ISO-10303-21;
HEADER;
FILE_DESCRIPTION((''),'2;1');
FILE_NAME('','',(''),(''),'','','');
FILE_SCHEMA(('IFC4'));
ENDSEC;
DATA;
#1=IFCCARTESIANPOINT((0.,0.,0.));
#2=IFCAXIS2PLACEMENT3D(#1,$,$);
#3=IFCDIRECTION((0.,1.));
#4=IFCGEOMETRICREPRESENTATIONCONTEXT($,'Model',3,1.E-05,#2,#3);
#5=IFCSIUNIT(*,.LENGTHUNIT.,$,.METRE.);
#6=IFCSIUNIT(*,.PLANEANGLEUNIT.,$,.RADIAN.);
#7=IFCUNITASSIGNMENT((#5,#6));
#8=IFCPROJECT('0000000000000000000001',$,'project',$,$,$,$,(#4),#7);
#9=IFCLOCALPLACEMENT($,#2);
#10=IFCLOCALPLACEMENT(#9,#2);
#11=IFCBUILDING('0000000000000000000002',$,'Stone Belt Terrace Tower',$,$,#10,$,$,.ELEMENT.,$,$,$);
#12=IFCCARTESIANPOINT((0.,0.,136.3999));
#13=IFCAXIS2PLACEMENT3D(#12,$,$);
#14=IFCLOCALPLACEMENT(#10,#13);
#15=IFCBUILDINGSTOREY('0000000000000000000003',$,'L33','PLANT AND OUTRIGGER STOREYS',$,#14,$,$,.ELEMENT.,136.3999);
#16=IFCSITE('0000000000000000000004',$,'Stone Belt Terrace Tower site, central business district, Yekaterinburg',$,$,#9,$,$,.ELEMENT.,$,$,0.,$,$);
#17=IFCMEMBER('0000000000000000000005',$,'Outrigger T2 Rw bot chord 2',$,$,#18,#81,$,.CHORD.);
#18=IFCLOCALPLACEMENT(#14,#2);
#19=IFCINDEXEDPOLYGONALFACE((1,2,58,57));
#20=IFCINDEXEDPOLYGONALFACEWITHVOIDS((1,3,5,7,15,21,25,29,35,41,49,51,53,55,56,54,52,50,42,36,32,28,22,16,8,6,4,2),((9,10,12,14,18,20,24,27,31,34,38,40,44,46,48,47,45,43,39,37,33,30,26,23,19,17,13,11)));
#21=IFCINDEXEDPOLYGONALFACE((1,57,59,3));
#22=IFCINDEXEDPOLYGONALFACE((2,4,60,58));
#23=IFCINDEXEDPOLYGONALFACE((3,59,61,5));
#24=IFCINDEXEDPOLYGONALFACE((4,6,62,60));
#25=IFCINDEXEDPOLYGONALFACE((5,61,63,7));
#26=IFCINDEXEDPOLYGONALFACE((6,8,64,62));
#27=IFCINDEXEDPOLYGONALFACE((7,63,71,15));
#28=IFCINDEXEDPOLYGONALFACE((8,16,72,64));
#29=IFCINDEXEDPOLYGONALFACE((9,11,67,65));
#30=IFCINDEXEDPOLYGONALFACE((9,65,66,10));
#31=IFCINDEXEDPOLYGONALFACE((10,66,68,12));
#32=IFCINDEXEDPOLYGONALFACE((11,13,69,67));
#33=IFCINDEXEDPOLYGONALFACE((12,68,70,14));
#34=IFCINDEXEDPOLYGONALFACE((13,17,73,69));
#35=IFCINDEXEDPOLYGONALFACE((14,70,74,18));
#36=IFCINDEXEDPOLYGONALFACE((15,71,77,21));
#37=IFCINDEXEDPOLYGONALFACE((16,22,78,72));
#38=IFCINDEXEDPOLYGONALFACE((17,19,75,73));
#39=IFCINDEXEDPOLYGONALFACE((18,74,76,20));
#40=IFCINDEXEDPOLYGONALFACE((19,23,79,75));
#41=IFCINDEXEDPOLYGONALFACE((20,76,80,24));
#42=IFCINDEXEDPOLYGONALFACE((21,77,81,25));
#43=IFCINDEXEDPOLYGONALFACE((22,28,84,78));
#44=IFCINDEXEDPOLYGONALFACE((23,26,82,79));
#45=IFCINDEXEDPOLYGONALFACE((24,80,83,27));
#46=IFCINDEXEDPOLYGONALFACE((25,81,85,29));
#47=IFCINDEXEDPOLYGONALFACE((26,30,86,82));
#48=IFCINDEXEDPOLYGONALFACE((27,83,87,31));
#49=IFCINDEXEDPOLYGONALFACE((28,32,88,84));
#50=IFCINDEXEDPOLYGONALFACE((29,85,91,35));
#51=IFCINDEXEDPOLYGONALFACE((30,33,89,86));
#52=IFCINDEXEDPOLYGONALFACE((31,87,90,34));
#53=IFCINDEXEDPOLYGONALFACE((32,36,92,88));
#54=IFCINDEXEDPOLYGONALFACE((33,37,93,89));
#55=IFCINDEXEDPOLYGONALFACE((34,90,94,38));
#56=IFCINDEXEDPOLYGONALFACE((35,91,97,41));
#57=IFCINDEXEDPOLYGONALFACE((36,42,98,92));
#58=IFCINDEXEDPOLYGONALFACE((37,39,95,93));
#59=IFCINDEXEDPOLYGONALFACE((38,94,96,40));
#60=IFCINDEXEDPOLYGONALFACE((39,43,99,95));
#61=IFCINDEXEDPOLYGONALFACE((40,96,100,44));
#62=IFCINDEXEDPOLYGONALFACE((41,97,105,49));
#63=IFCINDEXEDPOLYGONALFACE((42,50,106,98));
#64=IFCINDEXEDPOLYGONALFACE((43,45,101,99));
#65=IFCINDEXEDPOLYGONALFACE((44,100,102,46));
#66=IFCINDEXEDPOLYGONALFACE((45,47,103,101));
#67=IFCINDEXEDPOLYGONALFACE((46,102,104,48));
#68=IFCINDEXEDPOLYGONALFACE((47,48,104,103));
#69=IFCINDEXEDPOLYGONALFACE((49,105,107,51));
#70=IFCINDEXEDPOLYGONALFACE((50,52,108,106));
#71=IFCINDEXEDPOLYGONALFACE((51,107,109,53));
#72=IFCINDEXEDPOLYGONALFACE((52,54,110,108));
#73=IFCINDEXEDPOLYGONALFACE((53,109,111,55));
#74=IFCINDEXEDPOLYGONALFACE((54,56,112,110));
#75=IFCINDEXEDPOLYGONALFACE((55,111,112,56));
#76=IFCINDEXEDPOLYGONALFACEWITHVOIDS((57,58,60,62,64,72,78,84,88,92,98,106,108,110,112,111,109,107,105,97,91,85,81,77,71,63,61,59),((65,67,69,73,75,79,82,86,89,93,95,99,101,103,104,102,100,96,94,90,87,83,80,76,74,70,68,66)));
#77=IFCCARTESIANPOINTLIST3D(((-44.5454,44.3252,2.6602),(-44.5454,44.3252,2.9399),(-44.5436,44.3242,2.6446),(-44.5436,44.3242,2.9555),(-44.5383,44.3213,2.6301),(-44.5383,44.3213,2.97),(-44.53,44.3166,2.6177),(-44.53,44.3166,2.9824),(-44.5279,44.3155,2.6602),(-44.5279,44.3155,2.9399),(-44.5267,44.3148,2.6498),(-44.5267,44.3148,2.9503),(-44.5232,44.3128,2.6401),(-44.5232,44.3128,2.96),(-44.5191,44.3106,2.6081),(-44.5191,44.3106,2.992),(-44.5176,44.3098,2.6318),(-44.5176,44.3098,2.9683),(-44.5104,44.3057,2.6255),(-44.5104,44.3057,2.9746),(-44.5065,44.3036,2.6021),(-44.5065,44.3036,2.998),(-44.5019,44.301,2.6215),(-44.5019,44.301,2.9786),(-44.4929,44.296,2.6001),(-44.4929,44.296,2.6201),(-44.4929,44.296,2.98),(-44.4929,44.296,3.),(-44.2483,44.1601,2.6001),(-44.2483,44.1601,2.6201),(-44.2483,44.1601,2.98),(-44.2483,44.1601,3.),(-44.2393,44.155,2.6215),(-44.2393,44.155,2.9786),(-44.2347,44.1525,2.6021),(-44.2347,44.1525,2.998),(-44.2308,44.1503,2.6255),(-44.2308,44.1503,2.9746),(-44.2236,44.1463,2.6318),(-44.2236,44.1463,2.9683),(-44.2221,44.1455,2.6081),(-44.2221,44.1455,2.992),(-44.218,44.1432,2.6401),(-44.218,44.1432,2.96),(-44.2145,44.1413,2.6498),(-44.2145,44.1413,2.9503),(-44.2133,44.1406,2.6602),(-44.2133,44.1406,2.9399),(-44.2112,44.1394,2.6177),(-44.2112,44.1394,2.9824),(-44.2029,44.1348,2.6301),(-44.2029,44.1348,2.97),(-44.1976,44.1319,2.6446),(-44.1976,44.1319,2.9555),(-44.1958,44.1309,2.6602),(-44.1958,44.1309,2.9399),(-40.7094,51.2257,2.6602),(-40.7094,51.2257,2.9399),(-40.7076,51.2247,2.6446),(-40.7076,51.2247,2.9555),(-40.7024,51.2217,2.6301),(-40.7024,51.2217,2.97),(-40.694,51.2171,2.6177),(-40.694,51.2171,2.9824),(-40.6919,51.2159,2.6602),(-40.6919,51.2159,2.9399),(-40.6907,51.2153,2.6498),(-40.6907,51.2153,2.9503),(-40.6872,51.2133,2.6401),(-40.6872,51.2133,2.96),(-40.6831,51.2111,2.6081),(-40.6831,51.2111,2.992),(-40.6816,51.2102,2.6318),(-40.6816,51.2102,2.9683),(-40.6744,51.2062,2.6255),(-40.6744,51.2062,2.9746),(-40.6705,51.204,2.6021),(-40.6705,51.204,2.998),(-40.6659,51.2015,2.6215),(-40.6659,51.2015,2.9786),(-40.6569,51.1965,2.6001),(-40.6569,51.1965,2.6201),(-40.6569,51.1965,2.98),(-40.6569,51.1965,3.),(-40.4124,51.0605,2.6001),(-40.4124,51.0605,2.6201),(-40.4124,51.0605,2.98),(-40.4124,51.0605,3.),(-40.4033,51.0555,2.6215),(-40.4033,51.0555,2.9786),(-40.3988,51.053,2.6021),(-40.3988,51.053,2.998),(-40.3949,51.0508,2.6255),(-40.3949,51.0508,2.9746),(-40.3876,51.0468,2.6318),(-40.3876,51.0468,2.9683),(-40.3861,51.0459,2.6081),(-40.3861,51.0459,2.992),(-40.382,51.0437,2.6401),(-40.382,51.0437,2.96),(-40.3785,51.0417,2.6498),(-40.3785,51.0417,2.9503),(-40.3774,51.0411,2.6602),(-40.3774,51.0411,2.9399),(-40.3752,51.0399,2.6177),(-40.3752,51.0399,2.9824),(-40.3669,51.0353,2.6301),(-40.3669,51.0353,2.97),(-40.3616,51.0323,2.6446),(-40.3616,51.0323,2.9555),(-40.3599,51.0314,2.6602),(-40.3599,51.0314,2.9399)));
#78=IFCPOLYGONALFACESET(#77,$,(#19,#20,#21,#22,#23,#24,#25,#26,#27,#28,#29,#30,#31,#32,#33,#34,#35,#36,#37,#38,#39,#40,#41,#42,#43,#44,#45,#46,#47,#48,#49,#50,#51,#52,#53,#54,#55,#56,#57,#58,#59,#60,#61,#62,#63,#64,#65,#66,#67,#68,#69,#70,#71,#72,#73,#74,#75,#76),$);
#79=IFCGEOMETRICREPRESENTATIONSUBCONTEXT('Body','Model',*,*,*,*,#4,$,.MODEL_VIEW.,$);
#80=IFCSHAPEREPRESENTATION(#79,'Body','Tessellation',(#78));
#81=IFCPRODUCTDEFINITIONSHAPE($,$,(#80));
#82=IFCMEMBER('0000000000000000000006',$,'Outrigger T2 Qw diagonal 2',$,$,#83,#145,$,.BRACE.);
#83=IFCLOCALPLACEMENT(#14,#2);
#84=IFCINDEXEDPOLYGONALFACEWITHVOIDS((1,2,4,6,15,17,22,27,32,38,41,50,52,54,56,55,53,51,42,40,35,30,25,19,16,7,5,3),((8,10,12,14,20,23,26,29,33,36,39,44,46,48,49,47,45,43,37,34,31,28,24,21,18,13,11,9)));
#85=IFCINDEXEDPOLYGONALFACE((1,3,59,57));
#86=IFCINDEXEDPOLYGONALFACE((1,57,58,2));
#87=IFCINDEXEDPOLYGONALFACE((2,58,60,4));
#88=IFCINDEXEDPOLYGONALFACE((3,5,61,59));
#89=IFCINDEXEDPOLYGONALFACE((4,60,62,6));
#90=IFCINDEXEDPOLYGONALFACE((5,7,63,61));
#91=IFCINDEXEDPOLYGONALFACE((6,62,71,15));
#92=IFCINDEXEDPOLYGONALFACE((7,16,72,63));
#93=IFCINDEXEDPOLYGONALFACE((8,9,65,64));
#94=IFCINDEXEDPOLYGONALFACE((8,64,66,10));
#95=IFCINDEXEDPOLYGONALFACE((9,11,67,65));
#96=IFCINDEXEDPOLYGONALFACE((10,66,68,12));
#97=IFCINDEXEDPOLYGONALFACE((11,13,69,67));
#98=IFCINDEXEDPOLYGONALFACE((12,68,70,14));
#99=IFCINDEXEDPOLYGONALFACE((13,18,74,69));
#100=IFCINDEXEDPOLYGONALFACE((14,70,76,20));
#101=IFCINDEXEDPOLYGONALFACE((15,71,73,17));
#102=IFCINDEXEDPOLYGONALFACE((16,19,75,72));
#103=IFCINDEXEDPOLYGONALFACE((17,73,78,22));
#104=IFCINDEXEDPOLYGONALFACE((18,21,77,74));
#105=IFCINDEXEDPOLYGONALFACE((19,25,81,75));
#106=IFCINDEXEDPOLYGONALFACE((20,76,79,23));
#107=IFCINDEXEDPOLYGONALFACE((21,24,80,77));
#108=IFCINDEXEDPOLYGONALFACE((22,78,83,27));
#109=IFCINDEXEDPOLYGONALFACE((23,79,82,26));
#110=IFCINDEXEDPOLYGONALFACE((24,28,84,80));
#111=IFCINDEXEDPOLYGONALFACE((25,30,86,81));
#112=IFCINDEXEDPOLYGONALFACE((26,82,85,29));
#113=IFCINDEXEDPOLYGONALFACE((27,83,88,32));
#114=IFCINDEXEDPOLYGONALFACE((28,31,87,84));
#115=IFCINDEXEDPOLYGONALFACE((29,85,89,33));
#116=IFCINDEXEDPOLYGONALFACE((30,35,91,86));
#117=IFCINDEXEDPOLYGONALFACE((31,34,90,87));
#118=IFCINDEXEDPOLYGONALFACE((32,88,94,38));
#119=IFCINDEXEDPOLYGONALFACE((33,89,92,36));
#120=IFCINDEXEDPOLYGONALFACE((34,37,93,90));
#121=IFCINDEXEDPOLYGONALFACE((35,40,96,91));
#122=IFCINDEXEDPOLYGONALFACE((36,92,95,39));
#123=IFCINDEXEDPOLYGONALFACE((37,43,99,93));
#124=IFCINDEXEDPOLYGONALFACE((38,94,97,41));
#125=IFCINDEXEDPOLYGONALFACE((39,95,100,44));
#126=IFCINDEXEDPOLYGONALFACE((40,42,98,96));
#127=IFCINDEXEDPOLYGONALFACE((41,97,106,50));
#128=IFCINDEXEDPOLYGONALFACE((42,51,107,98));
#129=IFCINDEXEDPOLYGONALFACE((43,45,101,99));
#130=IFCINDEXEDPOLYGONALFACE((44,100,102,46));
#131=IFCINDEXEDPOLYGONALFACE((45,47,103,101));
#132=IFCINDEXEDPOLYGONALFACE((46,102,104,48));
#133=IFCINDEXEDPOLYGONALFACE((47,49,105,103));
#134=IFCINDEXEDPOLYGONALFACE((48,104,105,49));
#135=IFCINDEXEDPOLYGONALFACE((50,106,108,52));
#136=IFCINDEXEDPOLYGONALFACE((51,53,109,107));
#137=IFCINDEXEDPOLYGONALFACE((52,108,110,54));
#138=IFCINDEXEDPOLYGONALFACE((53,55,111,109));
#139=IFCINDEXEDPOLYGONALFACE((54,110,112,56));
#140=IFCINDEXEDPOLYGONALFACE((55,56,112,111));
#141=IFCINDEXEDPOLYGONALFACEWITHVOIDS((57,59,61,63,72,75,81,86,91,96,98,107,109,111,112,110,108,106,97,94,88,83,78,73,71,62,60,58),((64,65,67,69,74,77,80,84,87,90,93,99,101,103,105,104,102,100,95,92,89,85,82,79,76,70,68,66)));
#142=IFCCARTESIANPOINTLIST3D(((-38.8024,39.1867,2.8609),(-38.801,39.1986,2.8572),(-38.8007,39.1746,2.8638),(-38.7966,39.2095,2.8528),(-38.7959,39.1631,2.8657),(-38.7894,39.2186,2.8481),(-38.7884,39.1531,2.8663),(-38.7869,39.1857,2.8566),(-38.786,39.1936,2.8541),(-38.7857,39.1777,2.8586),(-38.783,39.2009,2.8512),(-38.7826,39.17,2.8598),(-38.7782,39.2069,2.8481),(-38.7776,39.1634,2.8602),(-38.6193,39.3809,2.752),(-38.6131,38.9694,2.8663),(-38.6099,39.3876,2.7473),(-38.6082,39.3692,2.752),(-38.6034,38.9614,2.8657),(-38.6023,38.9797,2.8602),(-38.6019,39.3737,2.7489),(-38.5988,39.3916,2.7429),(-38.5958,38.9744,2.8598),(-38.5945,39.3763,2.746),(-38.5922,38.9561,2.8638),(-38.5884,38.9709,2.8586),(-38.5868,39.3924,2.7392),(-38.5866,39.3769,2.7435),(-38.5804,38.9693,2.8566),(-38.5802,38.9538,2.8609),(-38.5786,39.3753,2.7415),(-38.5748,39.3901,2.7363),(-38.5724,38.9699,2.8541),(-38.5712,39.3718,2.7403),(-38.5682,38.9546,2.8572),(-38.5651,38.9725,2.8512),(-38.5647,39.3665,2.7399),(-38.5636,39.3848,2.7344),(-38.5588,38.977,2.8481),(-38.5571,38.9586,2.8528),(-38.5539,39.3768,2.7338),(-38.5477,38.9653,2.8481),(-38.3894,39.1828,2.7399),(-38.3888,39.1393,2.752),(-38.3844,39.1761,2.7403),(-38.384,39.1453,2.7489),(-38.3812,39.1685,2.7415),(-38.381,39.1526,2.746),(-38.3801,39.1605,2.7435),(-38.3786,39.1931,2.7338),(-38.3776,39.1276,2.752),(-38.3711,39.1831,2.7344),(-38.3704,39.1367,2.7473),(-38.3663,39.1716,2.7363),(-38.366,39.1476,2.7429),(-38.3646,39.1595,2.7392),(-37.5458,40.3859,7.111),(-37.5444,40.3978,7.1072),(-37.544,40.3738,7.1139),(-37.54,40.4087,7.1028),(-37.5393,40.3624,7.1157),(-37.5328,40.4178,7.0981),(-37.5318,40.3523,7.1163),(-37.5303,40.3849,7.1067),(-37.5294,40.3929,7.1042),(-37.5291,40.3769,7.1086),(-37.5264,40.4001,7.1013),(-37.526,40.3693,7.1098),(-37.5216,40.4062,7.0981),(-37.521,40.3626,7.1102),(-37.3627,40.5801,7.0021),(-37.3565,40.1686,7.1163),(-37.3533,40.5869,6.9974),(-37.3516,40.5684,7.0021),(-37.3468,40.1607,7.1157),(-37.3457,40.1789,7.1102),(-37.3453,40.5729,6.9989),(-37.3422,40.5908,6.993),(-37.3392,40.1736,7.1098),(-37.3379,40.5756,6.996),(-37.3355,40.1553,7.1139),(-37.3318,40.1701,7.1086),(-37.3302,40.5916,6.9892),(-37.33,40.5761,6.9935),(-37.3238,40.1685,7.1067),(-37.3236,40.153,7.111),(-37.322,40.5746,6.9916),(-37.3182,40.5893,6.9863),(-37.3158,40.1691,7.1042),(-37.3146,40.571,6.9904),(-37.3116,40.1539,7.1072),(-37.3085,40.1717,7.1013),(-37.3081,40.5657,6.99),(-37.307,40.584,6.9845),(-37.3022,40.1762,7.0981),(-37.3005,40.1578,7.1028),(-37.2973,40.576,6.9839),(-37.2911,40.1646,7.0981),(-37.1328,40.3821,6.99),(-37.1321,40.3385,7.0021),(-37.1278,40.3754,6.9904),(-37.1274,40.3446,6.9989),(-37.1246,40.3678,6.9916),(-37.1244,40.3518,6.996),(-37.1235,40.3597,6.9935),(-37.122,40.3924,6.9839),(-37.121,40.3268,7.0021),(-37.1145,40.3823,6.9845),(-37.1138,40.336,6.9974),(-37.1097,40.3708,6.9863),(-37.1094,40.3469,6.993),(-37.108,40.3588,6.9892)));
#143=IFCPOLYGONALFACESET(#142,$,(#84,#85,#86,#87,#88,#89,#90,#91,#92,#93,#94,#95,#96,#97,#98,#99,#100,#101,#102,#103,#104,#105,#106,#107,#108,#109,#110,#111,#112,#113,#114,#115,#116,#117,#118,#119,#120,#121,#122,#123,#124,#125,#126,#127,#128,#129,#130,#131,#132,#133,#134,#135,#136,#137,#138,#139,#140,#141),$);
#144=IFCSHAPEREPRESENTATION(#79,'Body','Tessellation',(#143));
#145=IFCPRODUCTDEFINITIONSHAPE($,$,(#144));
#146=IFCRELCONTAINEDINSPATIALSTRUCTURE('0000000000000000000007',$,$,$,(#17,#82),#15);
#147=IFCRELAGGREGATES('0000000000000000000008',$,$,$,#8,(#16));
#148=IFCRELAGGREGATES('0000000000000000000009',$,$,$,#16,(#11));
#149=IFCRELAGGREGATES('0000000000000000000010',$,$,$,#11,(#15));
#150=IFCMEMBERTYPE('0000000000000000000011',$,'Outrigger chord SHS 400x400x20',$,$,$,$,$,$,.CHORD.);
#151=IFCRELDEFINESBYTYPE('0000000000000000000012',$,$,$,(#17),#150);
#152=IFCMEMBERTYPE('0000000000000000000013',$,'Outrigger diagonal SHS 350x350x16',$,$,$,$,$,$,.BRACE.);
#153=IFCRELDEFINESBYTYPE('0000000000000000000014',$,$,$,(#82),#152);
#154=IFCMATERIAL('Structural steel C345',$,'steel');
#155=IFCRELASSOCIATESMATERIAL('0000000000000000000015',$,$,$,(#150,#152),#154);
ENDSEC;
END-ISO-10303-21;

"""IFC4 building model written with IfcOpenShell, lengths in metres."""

from ifc_helpers import new_model, si_unit, direction, frame, origin, origin_2d, place, context, subcontext, project, spatial, hollow_rectangle, extrude, material, material_profile, profile_set, type_object, element, save


model = new_model("IFC4")

# Units and contexts
model_context = context("Model", 3, precision=1e-05, world=origin(), true_north=direction((0.0, 1.0)))
body_context = subcontext(model_context, "Body", "Model", "MODEL_VIEW")
ifc_project = project(units=[si_unit("LENGTHUNIT", "METRE"), si_unit("PLANEANGLEUNIT", "RADIAN")], contexts=[model_context])

# Site, building, storey
site_placement = place(None, origin())
site = spatial("IfcSite", under=ifc_project, at=site_placement, Name="Stone Belt Terrace Tower site, central business district, Yekaterinburg", CompositionType="ELEMENT", RefElevation=0.0)
building_placement = place(site_placement, origin())
building = spatial("IfcBuilding", under=site, at=building_placement, Name="Stone Belt Terrace Tower", CompositionType="ELEMENT")
storey_placement = place(building_placement, frame((0.0, 0.0, 136.3999)))
storey = spatial("IfcBuildingStorey", under=building, at=storey_placement, Name="L33", Description="PLANT AND OUTRIGGER STOREYS", CompositionType="ELEMENT", Elevation=136.3999)

# Members
ifc_material_1 = material(Name="Structural steel C345", Category="steel")
ifc_material_profile_1 = material_profile(ifc_material_1, hollow_rectangle(XDim=0.3999, YDim=0.3999, WallThickness=0.02, InnerFilletRadius=0.04, OuterFilletRadius=0.0601, at=origin_2d()), Name="SHS 400x400x20")
ifc_profile_set_1 = profile_set([ifc_material_profile_1], Name="Structural steel C345")
member_type_1 = type_object("IfcMemberType", Name="Outrigger chord SHS 400x400x20", PredefinedType="CHORD", material=ifc_profile_set_1)
member_1_placement = place(storey_placement, frame((-44.3706, 44.228, 2.8), z_axis=(0.485874, 0.874029, 0.0), x_axis=(-0.874029, 0.485874, 0.0)))
element("IfcMember", 1, at=member_1_placement, inside=storey, type_object=member_type_1, Name="Outrigger T2 Rw bot chord 2", PredefinedType="CHORD", context=body_context, shape_type="SweptSolid", body=[
    extrude(hollow_rectangle(XDim=0.3999, YDim=0.3999, WallThickness=0.02, InnerFilletRadius=0.04, OuterFilletRadius=0.0601, at=origin_2d()), origin(), (0.0, 0.0, 1.0), 7.895),
])
ifc_material_profile_2 = material_profile(ifc_material_1, hollow_rectangle(XDim=0.3501, YDim=0.3501, WallThickness=0.0161, InnerFilletRadius=0.032, OuterFilletRadius=0.0481, at=origin_2d()), Name="SHS 350x350x16")
ifc_profile_set_2 = profile_set([ifc_material_profile_2], Name="Structural steel C345")
member_type_2 = type_object("IfcMemberType", Name="Outrigger diagonal SHS 350x350x16", PredefinedType="BRACE", material=ifc_profile_set_2)
member_2_placement = place(storey_placement, frame((-38.5835, 39.1731, 2.8), z_axis=(0.273692, 0.261196, 0.925672), x_axis=(-0.690399, 0.723429, 0.0)))
element("IfcMember", 2, at=member_2_placement, inside=storey, type_object=member_type_2, Name="Outrigger T2 Qw diagonal 2", PredefinedType="BRACE", context=body_context, shape_type="SweptSolid", body=[
    extrude(hollow_rectangle(XDim=0.3501, YDim=0.3501, WallThickness=0.0161, InnerFilletRadius=0.032, OuterFilletRadius=0.0481, at=origin_2d()), origin(), (0.0, 0.0, 1.0), 4.5913),
])

save(model, "model.ifc")
